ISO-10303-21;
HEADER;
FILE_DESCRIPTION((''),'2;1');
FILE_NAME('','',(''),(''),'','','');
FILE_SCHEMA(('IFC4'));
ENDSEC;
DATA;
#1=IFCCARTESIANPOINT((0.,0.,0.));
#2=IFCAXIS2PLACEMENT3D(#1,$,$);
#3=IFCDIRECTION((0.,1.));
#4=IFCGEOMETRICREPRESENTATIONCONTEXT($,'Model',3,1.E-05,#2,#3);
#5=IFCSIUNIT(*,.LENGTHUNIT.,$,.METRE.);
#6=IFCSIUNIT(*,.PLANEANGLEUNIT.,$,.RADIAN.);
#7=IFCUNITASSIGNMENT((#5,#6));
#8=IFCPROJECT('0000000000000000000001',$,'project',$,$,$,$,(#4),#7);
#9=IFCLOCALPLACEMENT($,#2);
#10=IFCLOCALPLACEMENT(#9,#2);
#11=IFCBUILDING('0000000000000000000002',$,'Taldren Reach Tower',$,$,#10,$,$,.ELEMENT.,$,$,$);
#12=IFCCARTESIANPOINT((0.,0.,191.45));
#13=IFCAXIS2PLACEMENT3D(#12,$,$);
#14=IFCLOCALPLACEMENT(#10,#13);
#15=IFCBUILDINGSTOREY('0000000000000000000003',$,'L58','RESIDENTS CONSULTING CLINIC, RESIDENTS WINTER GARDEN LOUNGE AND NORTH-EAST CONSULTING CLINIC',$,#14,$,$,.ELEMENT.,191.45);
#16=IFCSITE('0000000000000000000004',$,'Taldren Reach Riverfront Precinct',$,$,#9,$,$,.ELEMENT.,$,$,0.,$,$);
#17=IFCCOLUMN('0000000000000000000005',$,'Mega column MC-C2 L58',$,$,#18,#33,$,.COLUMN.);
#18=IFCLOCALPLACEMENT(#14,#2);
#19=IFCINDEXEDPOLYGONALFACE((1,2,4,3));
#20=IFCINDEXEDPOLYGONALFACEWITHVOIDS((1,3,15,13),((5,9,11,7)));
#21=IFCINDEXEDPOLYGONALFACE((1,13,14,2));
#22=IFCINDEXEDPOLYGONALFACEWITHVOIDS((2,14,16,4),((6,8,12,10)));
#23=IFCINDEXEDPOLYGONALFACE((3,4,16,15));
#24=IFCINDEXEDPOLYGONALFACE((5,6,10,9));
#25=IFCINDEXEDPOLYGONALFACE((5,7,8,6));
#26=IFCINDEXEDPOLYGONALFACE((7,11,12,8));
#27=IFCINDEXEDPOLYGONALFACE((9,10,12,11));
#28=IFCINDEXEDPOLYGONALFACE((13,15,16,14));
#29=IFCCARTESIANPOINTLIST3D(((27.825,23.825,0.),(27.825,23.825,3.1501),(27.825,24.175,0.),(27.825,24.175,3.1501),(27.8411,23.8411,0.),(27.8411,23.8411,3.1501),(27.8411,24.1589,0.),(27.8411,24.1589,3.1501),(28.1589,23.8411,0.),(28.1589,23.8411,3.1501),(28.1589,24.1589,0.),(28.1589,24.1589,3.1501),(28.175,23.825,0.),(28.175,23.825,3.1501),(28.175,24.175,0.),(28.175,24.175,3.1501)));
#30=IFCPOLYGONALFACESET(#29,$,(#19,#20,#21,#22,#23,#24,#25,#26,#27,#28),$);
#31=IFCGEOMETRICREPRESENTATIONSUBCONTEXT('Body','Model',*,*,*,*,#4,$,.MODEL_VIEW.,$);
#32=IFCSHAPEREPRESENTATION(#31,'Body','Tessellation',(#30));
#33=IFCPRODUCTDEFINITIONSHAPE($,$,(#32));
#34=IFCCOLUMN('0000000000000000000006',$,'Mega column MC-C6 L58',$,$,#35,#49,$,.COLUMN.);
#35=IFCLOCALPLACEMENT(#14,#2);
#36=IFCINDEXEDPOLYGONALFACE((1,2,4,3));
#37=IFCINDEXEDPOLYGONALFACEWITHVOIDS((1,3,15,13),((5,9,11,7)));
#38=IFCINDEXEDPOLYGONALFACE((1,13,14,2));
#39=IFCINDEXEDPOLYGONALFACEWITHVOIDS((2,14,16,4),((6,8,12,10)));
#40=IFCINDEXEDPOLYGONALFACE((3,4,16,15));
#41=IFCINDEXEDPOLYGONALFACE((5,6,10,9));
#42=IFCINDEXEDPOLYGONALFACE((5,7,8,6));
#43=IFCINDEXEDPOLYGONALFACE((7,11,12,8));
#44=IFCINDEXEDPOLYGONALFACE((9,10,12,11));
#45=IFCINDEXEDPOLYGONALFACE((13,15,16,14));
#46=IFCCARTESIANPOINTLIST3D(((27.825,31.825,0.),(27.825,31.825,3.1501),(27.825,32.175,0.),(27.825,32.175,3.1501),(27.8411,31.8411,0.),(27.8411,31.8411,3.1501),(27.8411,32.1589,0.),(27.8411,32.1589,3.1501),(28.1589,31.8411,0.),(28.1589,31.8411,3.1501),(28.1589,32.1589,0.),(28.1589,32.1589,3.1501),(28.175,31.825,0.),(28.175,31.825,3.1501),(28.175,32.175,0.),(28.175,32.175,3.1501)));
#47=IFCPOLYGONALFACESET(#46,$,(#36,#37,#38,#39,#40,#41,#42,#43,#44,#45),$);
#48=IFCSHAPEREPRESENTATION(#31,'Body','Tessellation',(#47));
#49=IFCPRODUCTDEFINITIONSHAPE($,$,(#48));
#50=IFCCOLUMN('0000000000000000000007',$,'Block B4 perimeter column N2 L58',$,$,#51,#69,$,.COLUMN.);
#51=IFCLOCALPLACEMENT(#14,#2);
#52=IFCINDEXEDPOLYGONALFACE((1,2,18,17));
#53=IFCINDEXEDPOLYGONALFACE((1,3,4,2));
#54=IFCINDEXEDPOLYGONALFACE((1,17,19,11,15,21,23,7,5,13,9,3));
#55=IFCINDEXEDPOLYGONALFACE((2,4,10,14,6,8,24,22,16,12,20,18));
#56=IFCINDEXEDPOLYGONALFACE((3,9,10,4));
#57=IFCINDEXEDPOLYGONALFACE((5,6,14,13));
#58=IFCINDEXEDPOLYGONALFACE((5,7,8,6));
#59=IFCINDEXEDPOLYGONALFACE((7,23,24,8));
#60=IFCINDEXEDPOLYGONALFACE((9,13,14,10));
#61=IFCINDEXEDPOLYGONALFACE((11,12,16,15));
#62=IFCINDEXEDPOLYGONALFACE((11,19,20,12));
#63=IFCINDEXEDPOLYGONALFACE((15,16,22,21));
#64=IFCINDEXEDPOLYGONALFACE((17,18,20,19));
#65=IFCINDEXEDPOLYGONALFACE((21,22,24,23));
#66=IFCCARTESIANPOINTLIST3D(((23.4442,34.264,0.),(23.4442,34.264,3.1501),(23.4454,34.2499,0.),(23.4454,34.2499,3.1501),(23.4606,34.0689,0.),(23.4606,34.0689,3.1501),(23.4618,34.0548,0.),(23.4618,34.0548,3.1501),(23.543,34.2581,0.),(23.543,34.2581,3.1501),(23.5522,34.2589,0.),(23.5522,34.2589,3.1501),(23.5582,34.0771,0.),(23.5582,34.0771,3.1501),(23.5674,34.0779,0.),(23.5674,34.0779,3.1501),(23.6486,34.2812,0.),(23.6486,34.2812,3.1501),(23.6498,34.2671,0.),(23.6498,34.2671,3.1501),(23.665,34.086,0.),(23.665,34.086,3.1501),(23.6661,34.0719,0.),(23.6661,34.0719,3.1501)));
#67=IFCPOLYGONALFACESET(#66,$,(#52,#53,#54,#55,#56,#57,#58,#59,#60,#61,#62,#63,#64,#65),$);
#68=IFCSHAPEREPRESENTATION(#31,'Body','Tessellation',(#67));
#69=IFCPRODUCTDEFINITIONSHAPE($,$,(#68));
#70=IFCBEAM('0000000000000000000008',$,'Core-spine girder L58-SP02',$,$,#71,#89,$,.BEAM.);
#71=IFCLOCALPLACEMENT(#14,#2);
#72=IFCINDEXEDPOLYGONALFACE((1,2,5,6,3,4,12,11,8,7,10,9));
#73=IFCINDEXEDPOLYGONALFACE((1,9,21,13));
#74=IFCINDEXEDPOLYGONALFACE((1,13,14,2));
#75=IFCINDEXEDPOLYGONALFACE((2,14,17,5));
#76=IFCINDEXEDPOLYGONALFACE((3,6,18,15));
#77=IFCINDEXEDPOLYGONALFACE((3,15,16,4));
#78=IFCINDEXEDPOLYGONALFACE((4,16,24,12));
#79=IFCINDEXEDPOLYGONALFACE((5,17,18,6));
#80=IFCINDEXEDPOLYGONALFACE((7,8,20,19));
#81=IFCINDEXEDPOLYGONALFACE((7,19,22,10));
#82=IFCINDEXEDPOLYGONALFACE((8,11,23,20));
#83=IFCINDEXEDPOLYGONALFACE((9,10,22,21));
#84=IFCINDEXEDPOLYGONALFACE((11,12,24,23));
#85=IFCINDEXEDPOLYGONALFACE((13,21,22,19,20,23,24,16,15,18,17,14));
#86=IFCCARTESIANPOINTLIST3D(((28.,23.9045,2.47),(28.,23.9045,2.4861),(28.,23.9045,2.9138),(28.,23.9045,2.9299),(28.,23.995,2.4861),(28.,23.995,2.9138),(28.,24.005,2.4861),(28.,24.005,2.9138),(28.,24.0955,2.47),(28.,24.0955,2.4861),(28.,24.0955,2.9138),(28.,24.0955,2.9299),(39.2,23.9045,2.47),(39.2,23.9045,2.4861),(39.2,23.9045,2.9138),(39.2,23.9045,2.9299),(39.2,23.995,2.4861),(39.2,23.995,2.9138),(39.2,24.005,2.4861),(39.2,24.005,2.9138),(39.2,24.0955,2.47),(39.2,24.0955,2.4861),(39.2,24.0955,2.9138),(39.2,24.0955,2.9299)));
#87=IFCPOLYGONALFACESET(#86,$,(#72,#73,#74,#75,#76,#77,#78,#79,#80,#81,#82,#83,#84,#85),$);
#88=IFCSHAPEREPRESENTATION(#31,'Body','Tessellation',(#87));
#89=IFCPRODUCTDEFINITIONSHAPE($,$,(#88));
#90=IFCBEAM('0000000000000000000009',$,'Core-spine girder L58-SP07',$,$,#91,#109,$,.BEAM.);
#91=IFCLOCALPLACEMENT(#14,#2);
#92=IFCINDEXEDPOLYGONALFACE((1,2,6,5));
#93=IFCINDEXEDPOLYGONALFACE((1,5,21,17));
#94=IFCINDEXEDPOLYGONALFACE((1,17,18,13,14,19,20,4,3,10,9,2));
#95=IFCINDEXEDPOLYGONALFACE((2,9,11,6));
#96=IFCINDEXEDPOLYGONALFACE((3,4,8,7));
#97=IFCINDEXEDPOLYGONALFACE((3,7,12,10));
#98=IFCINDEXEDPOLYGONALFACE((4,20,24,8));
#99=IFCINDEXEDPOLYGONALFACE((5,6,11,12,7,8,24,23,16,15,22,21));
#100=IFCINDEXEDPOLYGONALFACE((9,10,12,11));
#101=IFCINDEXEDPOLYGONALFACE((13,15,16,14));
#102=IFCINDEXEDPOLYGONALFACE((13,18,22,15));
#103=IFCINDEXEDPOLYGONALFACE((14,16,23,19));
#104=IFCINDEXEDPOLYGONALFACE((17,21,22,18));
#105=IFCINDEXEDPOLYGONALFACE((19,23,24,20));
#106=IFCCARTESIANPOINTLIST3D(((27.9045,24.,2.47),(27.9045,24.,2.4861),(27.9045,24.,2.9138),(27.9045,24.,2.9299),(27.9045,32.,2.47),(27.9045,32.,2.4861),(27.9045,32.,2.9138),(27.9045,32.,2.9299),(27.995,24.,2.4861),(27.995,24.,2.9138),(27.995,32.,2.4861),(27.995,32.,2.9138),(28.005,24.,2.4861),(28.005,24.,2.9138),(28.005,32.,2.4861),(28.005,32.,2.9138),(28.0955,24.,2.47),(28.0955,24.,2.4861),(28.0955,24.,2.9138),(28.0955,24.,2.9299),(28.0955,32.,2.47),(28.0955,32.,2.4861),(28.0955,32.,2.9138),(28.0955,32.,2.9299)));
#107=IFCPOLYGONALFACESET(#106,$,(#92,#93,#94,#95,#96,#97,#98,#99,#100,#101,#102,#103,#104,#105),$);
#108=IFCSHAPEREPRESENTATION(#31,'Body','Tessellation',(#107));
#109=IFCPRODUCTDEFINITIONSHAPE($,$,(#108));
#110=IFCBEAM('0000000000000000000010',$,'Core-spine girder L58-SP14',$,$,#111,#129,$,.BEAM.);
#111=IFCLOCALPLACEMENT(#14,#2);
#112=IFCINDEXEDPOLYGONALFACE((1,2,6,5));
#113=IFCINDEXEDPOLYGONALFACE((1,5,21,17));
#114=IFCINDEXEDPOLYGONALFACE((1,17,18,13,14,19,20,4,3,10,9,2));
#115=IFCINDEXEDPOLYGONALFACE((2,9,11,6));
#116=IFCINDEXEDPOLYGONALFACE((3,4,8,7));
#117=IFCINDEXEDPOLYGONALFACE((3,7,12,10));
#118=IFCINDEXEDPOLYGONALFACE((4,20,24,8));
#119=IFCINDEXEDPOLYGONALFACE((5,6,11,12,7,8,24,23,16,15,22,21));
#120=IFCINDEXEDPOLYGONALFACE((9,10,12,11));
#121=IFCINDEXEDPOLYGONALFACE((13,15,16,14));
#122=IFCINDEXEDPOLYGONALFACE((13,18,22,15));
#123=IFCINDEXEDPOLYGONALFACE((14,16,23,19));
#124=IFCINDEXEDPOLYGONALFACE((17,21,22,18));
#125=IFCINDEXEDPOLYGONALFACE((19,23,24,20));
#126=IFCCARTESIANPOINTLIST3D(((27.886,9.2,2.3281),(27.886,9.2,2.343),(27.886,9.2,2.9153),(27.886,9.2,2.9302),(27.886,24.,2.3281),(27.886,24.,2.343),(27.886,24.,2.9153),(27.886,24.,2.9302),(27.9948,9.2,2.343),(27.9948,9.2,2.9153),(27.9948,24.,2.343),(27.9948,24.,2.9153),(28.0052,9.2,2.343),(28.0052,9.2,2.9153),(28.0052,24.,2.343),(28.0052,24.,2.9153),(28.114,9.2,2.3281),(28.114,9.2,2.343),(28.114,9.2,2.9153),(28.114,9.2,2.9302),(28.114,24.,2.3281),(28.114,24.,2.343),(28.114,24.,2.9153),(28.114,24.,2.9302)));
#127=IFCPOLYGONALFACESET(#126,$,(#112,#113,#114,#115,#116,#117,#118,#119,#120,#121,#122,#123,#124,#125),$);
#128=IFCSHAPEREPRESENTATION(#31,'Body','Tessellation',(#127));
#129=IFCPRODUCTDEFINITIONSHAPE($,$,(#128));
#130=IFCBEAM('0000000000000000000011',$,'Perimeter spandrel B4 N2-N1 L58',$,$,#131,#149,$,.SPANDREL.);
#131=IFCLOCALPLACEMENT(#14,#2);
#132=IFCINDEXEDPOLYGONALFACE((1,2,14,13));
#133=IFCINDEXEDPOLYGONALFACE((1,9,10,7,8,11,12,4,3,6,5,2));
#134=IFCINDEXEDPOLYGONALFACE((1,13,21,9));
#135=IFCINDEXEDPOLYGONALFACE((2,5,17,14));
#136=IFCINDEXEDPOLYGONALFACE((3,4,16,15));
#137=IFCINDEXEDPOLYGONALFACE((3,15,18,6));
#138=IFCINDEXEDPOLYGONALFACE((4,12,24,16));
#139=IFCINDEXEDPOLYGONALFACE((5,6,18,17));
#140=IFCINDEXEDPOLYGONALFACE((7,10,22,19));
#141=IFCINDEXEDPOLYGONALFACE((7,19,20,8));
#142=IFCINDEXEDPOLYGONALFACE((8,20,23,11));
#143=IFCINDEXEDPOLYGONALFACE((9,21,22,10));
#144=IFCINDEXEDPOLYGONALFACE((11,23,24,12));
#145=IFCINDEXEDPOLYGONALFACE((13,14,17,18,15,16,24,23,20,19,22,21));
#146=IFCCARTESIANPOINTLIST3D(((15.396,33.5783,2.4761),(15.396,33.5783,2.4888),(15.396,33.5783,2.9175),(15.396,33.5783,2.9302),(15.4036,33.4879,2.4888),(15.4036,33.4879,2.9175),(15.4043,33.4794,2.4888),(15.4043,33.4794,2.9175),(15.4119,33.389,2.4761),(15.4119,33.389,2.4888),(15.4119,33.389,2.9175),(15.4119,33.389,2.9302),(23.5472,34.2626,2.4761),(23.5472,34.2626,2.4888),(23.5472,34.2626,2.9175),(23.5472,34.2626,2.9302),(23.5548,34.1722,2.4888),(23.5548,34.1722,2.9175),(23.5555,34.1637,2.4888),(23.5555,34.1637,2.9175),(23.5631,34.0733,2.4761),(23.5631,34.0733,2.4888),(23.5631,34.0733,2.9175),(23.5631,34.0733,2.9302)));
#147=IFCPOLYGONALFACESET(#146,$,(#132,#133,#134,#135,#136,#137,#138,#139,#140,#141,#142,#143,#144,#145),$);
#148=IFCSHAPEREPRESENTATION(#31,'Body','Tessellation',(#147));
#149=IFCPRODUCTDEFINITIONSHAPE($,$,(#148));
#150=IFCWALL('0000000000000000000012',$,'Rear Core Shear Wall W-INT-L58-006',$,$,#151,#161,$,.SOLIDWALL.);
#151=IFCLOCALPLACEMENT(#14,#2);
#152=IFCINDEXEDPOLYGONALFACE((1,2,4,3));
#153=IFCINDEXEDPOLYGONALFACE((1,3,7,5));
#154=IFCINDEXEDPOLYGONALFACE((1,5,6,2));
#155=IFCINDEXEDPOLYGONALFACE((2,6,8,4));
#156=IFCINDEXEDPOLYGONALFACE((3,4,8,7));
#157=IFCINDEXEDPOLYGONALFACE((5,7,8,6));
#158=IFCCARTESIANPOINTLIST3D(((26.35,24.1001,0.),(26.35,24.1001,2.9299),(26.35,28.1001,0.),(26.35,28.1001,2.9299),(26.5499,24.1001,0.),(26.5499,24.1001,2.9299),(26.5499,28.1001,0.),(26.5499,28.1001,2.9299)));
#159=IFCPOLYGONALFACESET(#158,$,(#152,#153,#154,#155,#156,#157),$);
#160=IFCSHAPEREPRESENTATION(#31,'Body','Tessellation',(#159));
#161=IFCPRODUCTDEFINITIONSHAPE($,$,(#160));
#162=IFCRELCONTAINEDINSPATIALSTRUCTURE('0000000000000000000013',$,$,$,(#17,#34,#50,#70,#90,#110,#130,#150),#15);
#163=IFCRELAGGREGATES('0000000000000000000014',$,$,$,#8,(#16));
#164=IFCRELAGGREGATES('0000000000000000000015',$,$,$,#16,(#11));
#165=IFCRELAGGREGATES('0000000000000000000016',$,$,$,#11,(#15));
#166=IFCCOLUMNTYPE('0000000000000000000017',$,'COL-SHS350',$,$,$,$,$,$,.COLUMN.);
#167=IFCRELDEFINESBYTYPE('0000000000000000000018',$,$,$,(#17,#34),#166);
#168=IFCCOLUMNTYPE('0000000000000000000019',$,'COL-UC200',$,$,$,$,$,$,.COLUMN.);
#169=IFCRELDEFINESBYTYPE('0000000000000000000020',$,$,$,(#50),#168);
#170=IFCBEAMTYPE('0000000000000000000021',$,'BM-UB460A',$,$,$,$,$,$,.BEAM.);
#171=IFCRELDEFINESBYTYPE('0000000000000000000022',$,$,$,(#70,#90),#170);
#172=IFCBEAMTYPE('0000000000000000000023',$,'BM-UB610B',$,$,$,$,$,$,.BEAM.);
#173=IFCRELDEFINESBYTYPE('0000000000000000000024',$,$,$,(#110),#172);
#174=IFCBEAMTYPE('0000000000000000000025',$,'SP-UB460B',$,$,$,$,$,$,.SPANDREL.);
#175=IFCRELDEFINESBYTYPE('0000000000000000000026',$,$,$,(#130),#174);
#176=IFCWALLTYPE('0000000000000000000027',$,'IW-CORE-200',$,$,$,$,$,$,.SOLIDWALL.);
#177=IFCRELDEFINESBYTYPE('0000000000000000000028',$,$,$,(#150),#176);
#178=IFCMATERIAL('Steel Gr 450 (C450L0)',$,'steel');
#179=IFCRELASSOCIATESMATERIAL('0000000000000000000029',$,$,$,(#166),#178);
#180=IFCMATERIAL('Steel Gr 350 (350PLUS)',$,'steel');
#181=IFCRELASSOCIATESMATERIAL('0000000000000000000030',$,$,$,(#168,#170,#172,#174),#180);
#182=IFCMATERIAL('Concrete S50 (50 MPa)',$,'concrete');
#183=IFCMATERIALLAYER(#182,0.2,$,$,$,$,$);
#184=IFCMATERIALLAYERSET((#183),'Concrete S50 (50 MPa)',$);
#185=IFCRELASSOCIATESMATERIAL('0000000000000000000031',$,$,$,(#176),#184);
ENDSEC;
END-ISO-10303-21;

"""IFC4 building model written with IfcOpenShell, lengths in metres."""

from ifc_helpers import new_model, si_unit, direction, frame, frame_2d, origin, origin_2d, place, context, subcontext, project, spatial, rectangle, hollow_rectangle, i_section, extrude, source, transform, mapped, material, layer, layer_set, material_profile, profile_set, type_object, element, save


model = new_model("IFC4")

# Units and contexts
model_context = context("Model", 3, precision=1e-05, world=origin(), true_north=direction((0.0, 1.0)))
body_context = subcontext(model_context, "Body", "Model", "MODEL_VIEW")
ifc_project = project(units=[si_unit("LENGTHUNIT", "METRE"), si_unit("PLANEANGLEUNIT", "RADIAN")], contexts=[model_context])

# Site, building, storey
site_placement = place(None, origin())
site = spatial("IfcSite", under=ifc_project, at=site_placement, Name="Taldren Reach Riverfront Precinct", CompositionType="ELEMENT", RefElevation=0.0)
building_placement = place(site_placement, origin())
building = spatial("IfcBuilding", under=site, at=building_placement, Name="Taldren Reach Tower", CompositionType="ELEMENT")
storey_placement = place(building_placement, frame((0.0, 0.0, 191.45)))
storey = spatial("IfcBuildingStorey", under=building, at=storey_placement, Name="L58", Description="RESIDENTS CONSULTING CLINIC, RESIDENTS WINTER GARDEN LOUNGE AND NORTH-EAST CONSULTING CLINIC", CompositionType="ELEMENT", Elevation=191.45)

# Columns
ifc_material_1 = material(Name="Steel Gr 450 (C450L0)", Category="steel")
ifc_material_profile_1 = material_profile(ifc_material_1, hollow_rectangle(XDim=0.3501, YDim=0.3501, WallThickness=0.0161, at=origin_2d()), Name="350x350x16.0SHS")
ifc_profile_set_1 = profile_set([ifc_material_profile_1], Name="Steel Gr 450 (C450L0)")
column_type_1 = type_object("IfcColumnType", Name="COL-SHS350", PredefinedType="COLUMN", material=ifc_profile_set_1)
shared_shape_1 = source(origin(), body_context, "Body", "SweptSolid", [
    extrude(hollow_rectangle(XDim=0.3501, YDim=0.3501, WallThickness=0.0161, at=origin_2d()), origin(), (0.0, 0.0, 1.0), 3.1501),
])
for number, where, z_axis, x_axis, name in (
    (1, (28.0, 24.0, 0.0), (0.0, 0.0, 1.0), (1.0, 0.0, 0.0), "Mega column MC-C2 L58"),
    (2, (28.0, 32.0, 0.0), (0.0, 0.0, 1.0), (1.0, 0.0, 0.0), "Mega column MC-C6 L58"),
):
    element("IfcColumn", number, at=place(storey_placement, frame(where, z_axis=z_axis, x_axis=x_axis)), inside=storey, type_object=column_type_1, Name=name, PredefinedType="COLUMN", context=body_context, shape_type="MappedRepresentation", body=[
        mapped(shared_shape_1, transform((0.0, 0.0, 0.0), scale=1.0)),
    ])
ifc_material_2 = material(Name="Steel Gr 350 (350PLUS)", Category="steel")
ifc_material_profile_2 = material_profile(ifc_material_2, i_section(OverallWidth=0.2051, OverallDepth=0.21, WebThickness=0.0093, FlangeThickness=0.0142, at=origin_2d()), Name="200UC59.5")
ifc_profile_set_2 = profile_set([ifc_material_profile_2], Name="Steel Gr 350 (350PLUS)")
column_type_2 = type_object("IfcColumnType", Name="COL-UC200", PredefinedType="COLUMN", material=ifc_profile_set_2)
shared_shape_2 = source(origin(), body_context, "Body", "SweptSolid", [
    extrude(i_section(OverallWidth=0.2051, OverallDepth=0.21, WebThickness=0.0093, FlangeThickness=0.0142, at=origin_2d()), origin(), (0.0, 0.0, 1.0), 3.1501),
])
column_placement = place(storey_placement, frame((23.5552, 34.168, 0.0), z_axis=(0.0, 0.0, 1.0), x_axis=(0.996493, 0.083678, 0.0)))
element("IfcColumn", 3, at=column_placement, inside=storey, type_object=column_type_2, Name="Block B4 perimeter column N2 L58", PredefinedType="COLUMN", context=body_context, shape_type="MappedRepresentation", body=[
    mapped(shared_shape_2, transform((0.0, 0.0, 0.0), scale=1.0)),
])

# Beams
ifc_material_profile_3 = material_profile(ifc_material_2, i_section(OverallWidth=0.1909, OverallDepth=0.46, WebThickness=0.01, FlangeThickness=0.0161, at=origin_2d()), Name="460UB82.1")
ifc_profile_set_3 = profile_set([ifc_material_profile_3], Name="Steel Gr 350 (350PLUS)")
beam_type_1 = type_object("IfcBeamType", Name="BM-UB460A", PredefinedType="BEAM", material=ifc_profile_set_3)
shared_shape_3 = source(origin(), body_context, "Body", "SweptSolid", [
    extrude(i_section(OverallWidth=0.1909, OverallDepth=0.46, WebThickness=0.01, FlangeThickness=0.0161, at=origin_2d()), origin(), (0.0, 0.0, 1.0), 11.2),
])
beam_1_placement = place(storey_placement, frame((28.0, 24.0, 2.7), z_axis=(1.0, 0.0, 0.0), x_axis=(0.0, 1.0, 0.0)))
element("IfcBeam", 4, at=beam_1_placement, inside=storey, type_object=beam_type_1, Name="Core-spine girder L58-SP02", PredefinedType="BEAM", context=body_context, shape_type="MappedRepresentation", body=[
    mapped(shared_shape_3, transform((0.0, 0.0, 0.0), scale=1.0)),
])
shared_shape_4 = source(origin(), body_context, "Body", "SweptSolid", [
    extrude(i_section(OverallWidth=0.1909, OverallDepth=0.46, WebThickness=0.01, FlangeThickness=0.0161, at=origin_2d()), origin(), (0.0, 0.0, 1.0), 8.0),
])
beam_2_placement = place(storey_placement, frame((28.0, 24.0, 2.7), z_axis=(0.0, 1.0, 0.0), x_axis=(-1.0, 0.0, 0.0)))
element("IfcBeam", 5, at=beam_2_placement, inside=storey, type_object=beam_type_1, Name="Core-spine girder L58-SP07", PredefinedType="BEAM", context=body_context, shape_type="MappedRepresentation", body=[
    mapped(shared_shape_4, transform((0.0, 0.0, 0.0), scale=1.0)),
])
ifc_material_profile_4 = material_profile(ifc_material_2, i_section(OverallWidth=0.228, OverallDepth=0.6021, WebThickness=0.0105, FlangeThickness=0.0149, at=origin_2d()), Name="610UB101")
ifc_profile_set_4 = profile_set([ifc_material_profile_4], Name="Steel Gr 350 (350PLUS)")
beam_type_2 = type_object("IfcBeamType", Name="BM-UB610B", PredefinedType="BEAM", material=ifc_profile_set_4)
shared_shape_5 = source(origin(), body_context, "Body", "SweptSolid", [
    extrude(i_section(OverallWidth=0.228, OverallDepth=0.6021, WebThickness=0.0105, FlangeThickness=0.0149, at=origin_2d()), origin(), (0.0, 0.0, 1.0), 14.8),
])
beam_3_placement = place(storey_placement, frame((28.0, 24.0, 2.6292), z_axis=(0.0, -1.0, 0.0), x_axis=(1.0, 0.0, 0.0)))
element("IfcBeam", 6, at=beam_3_placement, inside=storey, type_object=beam_type_2, Name="Core-spine girder L58-SP14", PredefinedType="BEAM", context=body_context, shape_type="MappedRepresentation", body=[
    mapped(shared_shape_5, transform((0.0, 0.0, 0.0), scale=1.0)),
])
ifc_material_profile_5 = material_profile(ifc_material_2, i_section(OverallWidth=0.1899, OverallDepth=0.4541, WebThickness=0.0085, FlangeThickness=0.0127, at=origin_2d()), Name="460UB67.1")
ifc_profile_set_5 = profile_set([ifc_material_profile_5], Name="Steel Gr 350 (350PLUS)")
beam_type_3 = type_object("IfcBeamType", Name="SP-UB460B", PredefinedType="SPANDREL", material=ifc_profile_set_5)
shared_shape_6 = source(origin(), body_context, "Body", "SweptSolid", [
    extrude(i_section(OverallWidth=0.1899, OverallDepth=0.4541, WebThickness=0.0085, FlangeThickness=0.0127, at=origin_2d()), origin(), (0.0, 0.0, 1.0), 8.1799),
])
beam_4_placement = place(storey_placement, frame((23.5552, 34.168, 2.7031), z_axis=(-0.996495, -0.083658, 0.0), x_axis=(0.083658, -0.996495, 0.0)))
element("IfcBeam", 7, at=beam_4_placement, inside=storey, type_object=beam_type_3, Name="Perimeter spandrel B4 N2-N1 L58", PredefinedType="SPANDREL", context=body_context, shape_type="MappedRepresentation", body=[
    mapped(shared_shape_6, transform((0.0, 0.0, 0.0), scale=1.0)),
])

# Wall
ifc_material_3 = material(Name="Concrete S50 (50 MPa)", Category="concrete")
ifc_layer_1 = layer(ifc_material_3, 0.2)
ifc_layer_set_1 = layer_set([ifc_layer_1], Name="Concrete S50 (50 MPa)")
wall_type_1 = type_object("IfcWallType", Name="IW-CORE-200", PredefinedType="SOLIDWALL", material=ifc_layer_set_1)
shared_shape_7 = source(origin(), body_context, "Body", "SweptSolid", [
    extrude(rectangle(XDim=4.0, YDim=0.2, at=frame_2d((2.0, 0.0))), origin(), (0.0, 0.0, 1.0), 2.9299),
])
wall_1_placement = place(storey_placement, frame((26.45, 24.1001, 0.0), z_axis=(0.0, 0.0, 1.0), x_axis=(0.0, 1.0, 0.0)))
element("IfcWall", 8, at=wall_1_placement, inside=storey, type_object=wall_type_1, Name="Rear Core Shear Wall W-INT-L58-006", PredefinedType="SOLIDWALL", context=body_context, shape_type="MappedRepresentation", body=[
    mapped(shared_shape_7, transform((0.0, 0.0, 0.0), scale=1.0)),
])

save(model, "model.ifc")
